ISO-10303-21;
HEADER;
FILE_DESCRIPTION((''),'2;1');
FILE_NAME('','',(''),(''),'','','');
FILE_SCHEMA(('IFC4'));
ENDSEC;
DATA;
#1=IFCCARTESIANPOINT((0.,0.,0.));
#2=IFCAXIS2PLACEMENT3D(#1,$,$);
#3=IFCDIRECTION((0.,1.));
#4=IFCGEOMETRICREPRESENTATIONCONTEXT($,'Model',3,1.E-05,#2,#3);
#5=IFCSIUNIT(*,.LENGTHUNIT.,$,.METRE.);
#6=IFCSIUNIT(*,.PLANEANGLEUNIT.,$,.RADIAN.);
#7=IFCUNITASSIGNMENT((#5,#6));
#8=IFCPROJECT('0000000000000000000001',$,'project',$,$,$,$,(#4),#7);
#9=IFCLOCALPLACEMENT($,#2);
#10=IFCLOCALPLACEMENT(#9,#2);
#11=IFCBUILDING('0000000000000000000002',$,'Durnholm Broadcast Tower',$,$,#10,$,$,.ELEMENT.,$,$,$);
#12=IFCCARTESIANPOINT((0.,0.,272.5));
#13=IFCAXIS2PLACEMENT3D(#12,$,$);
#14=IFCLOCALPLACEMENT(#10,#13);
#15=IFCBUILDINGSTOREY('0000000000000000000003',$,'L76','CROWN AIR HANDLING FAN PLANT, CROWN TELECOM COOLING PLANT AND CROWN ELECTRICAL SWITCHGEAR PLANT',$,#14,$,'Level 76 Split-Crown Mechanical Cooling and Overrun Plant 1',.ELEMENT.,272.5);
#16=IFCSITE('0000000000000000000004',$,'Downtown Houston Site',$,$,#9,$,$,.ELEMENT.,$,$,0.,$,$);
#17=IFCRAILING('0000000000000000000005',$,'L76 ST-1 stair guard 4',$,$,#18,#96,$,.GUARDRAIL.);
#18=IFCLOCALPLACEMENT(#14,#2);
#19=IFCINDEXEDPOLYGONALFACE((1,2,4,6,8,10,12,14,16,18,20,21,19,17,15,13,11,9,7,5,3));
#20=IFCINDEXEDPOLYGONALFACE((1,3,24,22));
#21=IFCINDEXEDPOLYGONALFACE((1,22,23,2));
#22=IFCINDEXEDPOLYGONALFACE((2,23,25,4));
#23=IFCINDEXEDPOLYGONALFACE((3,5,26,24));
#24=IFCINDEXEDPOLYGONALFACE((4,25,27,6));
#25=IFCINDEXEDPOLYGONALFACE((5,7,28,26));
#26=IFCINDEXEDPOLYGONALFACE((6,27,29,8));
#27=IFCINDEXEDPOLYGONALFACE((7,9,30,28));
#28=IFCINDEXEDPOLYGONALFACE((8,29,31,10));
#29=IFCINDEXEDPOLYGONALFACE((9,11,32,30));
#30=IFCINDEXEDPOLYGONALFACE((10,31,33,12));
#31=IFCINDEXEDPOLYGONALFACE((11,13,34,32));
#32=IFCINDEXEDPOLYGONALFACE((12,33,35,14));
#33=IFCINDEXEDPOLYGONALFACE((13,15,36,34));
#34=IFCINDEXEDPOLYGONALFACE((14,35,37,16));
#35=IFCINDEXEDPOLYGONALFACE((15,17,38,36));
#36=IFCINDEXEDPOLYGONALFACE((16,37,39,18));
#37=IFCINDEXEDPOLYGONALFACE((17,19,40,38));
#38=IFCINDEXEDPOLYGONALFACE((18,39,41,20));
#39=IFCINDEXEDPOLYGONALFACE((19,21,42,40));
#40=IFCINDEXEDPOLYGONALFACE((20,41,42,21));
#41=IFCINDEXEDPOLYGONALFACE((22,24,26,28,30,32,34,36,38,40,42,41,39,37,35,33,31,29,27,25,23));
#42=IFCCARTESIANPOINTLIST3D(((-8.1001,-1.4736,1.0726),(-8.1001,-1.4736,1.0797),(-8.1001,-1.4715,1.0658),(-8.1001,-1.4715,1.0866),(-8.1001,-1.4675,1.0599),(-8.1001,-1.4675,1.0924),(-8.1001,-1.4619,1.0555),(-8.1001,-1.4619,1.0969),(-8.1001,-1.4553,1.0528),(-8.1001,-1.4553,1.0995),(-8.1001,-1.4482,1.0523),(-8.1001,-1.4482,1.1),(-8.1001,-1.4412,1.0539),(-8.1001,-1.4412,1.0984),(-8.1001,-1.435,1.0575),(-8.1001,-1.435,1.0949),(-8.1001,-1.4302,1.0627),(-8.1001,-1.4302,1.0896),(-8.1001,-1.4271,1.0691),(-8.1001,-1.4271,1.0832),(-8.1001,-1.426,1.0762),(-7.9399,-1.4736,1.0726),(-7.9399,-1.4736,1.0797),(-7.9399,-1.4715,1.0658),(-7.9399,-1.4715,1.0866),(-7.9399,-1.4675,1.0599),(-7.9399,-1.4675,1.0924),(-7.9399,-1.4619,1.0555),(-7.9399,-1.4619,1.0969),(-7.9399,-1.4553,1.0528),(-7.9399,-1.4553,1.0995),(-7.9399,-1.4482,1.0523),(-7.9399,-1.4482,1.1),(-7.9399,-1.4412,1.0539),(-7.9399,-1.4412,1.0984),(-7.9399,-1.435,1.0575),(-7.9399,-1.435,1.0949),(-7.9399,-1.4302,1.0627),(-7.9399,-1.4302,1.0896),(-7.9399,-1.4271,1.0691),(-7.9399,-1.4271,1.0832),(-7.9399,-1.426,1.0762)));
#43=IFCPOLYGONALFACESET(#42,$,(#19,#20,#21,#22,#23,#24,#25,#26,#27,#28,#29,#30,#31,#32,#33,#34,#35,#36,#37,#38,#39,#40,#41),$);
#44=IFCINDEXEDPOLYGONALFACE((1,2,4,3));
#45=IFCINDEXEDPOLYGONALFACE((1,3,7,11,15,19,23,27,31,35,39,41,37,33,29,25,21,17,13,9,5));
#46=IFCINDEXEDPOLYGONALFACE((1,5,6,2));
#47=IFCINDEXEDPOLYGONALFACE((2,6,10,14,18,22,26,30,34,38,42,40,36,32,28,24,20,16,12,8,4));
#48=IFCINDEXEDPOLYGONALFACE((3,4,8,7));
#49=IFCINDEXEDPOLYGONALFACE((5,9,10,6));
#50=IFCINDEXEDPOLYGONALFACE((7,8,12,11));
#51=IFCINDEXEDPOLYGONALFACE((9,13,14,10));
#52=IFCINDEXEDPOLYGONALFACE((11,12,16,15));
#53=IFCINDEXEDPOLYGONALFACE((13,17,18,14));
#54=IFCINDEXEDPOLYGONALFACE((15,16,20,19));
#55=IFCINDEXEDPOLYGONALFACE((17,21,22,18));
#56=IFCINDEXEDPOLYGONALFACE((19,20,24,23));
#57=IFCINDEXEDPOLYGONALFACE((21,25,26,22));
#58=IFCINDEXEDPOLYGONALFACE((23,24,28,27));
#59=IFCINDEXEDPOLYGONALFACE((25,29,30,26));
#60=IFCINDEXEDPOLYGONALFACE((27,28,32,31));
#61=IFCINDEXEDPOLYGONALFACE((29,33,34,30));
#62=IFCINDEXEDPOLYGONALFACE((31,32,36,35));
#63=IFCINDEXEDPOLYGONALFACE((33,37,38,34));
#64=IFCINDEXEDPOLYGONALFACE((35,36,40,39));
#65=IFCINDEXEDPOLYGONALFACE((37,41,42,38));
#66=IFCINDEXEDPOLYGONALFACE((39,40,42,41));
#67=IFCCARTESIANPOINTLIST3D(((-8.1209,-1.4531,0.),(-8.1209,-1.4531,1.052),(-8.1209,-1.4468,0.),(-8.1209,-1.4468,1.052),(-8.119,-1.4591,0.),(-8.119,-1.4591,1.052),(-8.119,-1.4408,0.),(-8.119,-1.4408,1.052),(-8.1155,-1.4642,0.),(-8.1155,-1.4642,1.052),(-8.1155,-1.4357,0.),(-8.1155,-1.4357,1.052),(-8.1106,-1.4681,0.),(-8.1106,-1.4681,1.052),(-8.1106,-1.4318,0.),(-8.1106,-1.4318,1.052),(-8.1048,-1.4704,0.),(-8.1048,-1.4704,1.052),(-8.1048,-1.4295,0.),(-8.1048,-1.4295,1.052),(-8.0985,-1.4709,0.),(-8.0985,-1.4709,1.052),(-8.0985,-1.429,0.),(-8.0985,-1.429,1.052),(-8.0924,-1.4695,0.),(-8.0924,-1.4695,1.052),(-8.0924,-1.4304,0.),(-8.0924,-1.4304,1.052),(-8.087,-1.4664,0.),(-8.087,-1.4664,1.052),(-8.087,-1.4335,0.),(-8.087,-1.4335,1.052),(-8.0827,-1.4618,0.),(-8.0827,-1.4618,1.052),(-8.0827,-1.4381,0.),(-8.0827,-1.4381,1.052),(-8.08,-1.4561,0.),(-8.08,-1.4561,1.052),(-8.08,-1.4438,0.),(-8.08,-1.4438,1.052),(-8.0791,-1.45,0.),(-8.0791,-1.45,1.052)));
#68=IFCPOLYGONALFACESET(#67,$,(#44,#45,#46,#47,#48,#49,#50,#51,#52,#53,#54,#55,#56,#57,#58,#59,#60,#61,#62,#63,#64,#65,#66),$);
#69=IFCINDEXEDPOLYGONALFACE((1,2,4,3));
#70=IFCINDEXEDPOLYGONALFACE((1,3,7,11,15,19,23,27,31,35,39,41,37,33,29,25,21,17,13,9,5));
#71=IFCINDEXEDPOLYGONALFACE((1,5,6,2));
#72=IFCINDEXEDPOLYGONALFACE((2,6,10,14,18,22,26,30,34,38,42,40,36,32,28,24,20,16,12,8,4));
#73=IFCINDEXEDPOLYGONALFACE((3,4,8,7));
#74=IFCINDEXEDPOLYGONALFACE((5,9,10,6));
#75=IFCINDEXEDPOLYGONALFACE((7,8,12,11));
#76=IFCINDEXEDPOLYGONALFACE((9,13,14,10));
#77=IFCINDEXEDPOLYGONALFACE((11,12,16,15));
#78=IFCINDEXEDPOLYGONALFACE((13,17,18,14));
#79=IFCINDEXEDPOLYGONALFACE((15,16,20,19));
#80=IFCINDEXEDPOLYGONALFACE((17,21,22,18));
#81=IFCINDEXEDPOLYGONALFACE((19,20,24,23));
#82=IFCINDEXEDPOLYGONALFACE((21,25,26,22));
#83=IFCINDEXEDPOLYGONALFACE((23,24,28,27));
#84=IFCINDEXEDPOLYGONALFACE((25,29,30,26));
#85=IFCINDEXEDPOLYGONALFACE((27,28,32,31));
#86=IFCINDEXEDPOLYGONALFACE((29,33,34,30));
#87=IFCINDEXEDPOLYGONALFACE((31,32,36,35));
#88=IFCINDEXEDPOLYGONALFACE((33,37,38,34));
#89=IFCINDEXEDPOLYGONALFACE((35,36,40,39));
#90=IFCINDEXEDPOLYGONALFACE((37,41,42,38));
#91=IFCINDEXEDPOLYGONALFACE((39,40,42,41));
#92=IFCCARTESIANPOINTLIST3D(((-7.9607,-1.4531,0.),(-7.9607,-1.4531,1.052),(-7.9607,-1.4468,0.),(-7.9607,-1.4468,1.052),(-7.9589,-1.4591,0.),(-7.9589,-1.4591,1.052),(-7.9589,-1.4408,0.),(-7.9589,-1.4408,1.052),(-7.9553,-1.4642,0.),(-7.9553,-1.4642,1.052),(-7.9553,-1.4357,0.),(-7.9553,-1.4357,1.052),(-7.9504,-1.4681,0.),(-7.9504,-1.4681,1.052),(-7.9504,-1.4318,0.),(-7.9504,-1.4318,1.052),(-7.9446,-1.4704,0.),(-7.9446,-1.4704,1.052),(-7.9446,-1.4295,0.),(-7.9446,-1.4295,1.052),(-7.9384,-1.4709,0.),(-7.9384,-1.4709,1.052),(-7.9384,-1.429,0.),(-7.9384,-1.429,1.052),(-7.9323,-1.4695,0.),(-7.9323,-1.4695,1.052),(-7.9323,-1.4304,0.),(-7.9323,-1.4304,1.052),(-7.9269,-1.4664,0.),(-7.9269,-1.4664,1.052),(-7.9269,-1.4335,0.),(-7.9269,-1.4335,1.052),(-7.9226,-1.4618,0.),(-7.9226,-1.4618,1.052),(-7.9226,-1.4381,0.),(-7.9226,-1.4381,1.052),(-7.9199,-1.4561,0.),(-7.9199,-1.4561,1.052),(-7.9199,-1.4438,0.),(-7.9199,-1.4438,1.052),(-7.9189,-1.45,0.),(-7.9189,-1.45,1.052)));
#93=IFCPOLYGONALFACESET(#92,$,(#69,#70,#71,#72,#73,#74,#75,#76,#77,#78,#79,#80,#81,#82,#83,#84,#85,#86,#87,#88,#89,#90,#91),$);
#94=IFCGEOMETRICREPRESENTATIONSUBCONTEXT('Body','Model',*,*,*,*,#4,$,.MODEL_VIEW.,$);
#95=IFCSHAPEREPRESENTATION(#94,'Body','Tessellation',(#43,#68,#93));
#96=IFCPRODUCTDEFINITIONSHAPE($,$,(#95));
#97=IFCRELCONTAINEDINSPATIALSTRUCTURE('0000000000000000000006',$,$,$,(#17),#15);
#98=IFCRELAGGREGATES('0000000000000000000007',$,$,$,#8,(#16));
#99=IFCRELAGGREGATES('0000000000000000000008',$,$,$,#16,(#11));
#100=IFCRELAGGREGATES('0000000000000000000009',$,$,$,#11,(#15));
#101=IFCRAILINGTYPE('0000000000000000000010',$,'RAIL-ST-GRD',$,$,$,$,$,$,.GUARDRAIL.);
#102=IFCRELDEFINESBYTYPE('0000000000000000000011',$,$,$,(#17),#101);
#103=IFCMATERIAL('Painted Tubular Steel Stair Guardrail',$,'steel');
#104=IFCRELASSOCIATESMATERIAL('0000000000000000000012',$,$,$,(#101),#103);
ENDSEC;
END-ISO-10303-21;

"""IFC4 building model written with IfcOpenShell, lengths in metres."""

from ifc_helpers import new_model, si_unit, direction, frame, origin, origin_2d, place, context, subcontext, project, spatial, circle, extrude, material, type_object, element, save


model = new_model("IFC4")

# Units and contexts
model_context = context("Model", 3, precision=1e-05, world=origin(), true_north=direction((0.0, 1.0)))
body_context = subcontext(model_context, "Body", "Model", "MODEL_VIEW")
ifc_project = project(units=[si_unit("LENGTHUNIT", "METRE"), si_unit("PLANEANGLEUNIT", "RADIAN")], contexts=[model_context])

# Site, building, storey
site_placement = place(None, origin())
site = spatial("IfcSite", under=ifc_project, at=site_placement, Name="Downtown Houston Site", CompositionType="ELEMENT", RefElevation=0.0)
building_placement = place(site_placement, origin())
building = spatial("IfcBuilding", under=site, at=building_placement, Name="Durnholm Broadcast Tower", CompositionType="ELEMENT")
storey_placement = place(building_placement, frame((0.0, 0.0, 272.5)))
storey = spatial("IfcBuildingStorey", under=building, at=storey_placement, Name="L76", Description="CROWN AIR HANDLING FAN PLANT, CROWN TELECOM COOLING PLANT AND CROWN ELECTRICAL SWITCHGEAR PLANT", LongName="Level 76 Split-Crown Mechanical Cooling and Overrun Plant 1", CompositionType="ELEMENT", Elevation=272.5)

# Railing
ifc_material_1 = material(Name="Painted Tubular Steel Stair Guardrail", Category="steel")
railing_type_1 = type_object("IfcRailingType", Name="RAIL-ST-GRD", PredefinedType="GUARDRAIL", material=ifc_material_1)
railing_1_placement = place(storey_placement, frame((-8.1001, -1.45, 0.0)))
element("IfcRailing", 1, at=railing_1_placement, inside=storey, type_object=railing_type_1, Name="L76 ST-1 stair guard 4", PredefinedType="GUARDRAIL", context=body_context, shape_type="SweptSolid", body=[
    extrude(circle(Radius=0.0239, at=origin_2d()), frame((0.0, 0.0, 1.0762), z_axis=(1.0, 0.0, 0.0), x_axis=(0.0, 1.0, 0.0)), (0.0, 0.0, 1.0), 0.1602),
    extrude(circle(Radius=0.021, at=origin_2d()), origin(), (0.0, 0.0, 1.0), 1.052),
    extrude(circle(Radius=0.021, at=origin_2d()), frame((0.1602, 0.0, 0.0)), (0.0, 0.0, 1.0), 1.052),
])

save(model, "model.ifc")
